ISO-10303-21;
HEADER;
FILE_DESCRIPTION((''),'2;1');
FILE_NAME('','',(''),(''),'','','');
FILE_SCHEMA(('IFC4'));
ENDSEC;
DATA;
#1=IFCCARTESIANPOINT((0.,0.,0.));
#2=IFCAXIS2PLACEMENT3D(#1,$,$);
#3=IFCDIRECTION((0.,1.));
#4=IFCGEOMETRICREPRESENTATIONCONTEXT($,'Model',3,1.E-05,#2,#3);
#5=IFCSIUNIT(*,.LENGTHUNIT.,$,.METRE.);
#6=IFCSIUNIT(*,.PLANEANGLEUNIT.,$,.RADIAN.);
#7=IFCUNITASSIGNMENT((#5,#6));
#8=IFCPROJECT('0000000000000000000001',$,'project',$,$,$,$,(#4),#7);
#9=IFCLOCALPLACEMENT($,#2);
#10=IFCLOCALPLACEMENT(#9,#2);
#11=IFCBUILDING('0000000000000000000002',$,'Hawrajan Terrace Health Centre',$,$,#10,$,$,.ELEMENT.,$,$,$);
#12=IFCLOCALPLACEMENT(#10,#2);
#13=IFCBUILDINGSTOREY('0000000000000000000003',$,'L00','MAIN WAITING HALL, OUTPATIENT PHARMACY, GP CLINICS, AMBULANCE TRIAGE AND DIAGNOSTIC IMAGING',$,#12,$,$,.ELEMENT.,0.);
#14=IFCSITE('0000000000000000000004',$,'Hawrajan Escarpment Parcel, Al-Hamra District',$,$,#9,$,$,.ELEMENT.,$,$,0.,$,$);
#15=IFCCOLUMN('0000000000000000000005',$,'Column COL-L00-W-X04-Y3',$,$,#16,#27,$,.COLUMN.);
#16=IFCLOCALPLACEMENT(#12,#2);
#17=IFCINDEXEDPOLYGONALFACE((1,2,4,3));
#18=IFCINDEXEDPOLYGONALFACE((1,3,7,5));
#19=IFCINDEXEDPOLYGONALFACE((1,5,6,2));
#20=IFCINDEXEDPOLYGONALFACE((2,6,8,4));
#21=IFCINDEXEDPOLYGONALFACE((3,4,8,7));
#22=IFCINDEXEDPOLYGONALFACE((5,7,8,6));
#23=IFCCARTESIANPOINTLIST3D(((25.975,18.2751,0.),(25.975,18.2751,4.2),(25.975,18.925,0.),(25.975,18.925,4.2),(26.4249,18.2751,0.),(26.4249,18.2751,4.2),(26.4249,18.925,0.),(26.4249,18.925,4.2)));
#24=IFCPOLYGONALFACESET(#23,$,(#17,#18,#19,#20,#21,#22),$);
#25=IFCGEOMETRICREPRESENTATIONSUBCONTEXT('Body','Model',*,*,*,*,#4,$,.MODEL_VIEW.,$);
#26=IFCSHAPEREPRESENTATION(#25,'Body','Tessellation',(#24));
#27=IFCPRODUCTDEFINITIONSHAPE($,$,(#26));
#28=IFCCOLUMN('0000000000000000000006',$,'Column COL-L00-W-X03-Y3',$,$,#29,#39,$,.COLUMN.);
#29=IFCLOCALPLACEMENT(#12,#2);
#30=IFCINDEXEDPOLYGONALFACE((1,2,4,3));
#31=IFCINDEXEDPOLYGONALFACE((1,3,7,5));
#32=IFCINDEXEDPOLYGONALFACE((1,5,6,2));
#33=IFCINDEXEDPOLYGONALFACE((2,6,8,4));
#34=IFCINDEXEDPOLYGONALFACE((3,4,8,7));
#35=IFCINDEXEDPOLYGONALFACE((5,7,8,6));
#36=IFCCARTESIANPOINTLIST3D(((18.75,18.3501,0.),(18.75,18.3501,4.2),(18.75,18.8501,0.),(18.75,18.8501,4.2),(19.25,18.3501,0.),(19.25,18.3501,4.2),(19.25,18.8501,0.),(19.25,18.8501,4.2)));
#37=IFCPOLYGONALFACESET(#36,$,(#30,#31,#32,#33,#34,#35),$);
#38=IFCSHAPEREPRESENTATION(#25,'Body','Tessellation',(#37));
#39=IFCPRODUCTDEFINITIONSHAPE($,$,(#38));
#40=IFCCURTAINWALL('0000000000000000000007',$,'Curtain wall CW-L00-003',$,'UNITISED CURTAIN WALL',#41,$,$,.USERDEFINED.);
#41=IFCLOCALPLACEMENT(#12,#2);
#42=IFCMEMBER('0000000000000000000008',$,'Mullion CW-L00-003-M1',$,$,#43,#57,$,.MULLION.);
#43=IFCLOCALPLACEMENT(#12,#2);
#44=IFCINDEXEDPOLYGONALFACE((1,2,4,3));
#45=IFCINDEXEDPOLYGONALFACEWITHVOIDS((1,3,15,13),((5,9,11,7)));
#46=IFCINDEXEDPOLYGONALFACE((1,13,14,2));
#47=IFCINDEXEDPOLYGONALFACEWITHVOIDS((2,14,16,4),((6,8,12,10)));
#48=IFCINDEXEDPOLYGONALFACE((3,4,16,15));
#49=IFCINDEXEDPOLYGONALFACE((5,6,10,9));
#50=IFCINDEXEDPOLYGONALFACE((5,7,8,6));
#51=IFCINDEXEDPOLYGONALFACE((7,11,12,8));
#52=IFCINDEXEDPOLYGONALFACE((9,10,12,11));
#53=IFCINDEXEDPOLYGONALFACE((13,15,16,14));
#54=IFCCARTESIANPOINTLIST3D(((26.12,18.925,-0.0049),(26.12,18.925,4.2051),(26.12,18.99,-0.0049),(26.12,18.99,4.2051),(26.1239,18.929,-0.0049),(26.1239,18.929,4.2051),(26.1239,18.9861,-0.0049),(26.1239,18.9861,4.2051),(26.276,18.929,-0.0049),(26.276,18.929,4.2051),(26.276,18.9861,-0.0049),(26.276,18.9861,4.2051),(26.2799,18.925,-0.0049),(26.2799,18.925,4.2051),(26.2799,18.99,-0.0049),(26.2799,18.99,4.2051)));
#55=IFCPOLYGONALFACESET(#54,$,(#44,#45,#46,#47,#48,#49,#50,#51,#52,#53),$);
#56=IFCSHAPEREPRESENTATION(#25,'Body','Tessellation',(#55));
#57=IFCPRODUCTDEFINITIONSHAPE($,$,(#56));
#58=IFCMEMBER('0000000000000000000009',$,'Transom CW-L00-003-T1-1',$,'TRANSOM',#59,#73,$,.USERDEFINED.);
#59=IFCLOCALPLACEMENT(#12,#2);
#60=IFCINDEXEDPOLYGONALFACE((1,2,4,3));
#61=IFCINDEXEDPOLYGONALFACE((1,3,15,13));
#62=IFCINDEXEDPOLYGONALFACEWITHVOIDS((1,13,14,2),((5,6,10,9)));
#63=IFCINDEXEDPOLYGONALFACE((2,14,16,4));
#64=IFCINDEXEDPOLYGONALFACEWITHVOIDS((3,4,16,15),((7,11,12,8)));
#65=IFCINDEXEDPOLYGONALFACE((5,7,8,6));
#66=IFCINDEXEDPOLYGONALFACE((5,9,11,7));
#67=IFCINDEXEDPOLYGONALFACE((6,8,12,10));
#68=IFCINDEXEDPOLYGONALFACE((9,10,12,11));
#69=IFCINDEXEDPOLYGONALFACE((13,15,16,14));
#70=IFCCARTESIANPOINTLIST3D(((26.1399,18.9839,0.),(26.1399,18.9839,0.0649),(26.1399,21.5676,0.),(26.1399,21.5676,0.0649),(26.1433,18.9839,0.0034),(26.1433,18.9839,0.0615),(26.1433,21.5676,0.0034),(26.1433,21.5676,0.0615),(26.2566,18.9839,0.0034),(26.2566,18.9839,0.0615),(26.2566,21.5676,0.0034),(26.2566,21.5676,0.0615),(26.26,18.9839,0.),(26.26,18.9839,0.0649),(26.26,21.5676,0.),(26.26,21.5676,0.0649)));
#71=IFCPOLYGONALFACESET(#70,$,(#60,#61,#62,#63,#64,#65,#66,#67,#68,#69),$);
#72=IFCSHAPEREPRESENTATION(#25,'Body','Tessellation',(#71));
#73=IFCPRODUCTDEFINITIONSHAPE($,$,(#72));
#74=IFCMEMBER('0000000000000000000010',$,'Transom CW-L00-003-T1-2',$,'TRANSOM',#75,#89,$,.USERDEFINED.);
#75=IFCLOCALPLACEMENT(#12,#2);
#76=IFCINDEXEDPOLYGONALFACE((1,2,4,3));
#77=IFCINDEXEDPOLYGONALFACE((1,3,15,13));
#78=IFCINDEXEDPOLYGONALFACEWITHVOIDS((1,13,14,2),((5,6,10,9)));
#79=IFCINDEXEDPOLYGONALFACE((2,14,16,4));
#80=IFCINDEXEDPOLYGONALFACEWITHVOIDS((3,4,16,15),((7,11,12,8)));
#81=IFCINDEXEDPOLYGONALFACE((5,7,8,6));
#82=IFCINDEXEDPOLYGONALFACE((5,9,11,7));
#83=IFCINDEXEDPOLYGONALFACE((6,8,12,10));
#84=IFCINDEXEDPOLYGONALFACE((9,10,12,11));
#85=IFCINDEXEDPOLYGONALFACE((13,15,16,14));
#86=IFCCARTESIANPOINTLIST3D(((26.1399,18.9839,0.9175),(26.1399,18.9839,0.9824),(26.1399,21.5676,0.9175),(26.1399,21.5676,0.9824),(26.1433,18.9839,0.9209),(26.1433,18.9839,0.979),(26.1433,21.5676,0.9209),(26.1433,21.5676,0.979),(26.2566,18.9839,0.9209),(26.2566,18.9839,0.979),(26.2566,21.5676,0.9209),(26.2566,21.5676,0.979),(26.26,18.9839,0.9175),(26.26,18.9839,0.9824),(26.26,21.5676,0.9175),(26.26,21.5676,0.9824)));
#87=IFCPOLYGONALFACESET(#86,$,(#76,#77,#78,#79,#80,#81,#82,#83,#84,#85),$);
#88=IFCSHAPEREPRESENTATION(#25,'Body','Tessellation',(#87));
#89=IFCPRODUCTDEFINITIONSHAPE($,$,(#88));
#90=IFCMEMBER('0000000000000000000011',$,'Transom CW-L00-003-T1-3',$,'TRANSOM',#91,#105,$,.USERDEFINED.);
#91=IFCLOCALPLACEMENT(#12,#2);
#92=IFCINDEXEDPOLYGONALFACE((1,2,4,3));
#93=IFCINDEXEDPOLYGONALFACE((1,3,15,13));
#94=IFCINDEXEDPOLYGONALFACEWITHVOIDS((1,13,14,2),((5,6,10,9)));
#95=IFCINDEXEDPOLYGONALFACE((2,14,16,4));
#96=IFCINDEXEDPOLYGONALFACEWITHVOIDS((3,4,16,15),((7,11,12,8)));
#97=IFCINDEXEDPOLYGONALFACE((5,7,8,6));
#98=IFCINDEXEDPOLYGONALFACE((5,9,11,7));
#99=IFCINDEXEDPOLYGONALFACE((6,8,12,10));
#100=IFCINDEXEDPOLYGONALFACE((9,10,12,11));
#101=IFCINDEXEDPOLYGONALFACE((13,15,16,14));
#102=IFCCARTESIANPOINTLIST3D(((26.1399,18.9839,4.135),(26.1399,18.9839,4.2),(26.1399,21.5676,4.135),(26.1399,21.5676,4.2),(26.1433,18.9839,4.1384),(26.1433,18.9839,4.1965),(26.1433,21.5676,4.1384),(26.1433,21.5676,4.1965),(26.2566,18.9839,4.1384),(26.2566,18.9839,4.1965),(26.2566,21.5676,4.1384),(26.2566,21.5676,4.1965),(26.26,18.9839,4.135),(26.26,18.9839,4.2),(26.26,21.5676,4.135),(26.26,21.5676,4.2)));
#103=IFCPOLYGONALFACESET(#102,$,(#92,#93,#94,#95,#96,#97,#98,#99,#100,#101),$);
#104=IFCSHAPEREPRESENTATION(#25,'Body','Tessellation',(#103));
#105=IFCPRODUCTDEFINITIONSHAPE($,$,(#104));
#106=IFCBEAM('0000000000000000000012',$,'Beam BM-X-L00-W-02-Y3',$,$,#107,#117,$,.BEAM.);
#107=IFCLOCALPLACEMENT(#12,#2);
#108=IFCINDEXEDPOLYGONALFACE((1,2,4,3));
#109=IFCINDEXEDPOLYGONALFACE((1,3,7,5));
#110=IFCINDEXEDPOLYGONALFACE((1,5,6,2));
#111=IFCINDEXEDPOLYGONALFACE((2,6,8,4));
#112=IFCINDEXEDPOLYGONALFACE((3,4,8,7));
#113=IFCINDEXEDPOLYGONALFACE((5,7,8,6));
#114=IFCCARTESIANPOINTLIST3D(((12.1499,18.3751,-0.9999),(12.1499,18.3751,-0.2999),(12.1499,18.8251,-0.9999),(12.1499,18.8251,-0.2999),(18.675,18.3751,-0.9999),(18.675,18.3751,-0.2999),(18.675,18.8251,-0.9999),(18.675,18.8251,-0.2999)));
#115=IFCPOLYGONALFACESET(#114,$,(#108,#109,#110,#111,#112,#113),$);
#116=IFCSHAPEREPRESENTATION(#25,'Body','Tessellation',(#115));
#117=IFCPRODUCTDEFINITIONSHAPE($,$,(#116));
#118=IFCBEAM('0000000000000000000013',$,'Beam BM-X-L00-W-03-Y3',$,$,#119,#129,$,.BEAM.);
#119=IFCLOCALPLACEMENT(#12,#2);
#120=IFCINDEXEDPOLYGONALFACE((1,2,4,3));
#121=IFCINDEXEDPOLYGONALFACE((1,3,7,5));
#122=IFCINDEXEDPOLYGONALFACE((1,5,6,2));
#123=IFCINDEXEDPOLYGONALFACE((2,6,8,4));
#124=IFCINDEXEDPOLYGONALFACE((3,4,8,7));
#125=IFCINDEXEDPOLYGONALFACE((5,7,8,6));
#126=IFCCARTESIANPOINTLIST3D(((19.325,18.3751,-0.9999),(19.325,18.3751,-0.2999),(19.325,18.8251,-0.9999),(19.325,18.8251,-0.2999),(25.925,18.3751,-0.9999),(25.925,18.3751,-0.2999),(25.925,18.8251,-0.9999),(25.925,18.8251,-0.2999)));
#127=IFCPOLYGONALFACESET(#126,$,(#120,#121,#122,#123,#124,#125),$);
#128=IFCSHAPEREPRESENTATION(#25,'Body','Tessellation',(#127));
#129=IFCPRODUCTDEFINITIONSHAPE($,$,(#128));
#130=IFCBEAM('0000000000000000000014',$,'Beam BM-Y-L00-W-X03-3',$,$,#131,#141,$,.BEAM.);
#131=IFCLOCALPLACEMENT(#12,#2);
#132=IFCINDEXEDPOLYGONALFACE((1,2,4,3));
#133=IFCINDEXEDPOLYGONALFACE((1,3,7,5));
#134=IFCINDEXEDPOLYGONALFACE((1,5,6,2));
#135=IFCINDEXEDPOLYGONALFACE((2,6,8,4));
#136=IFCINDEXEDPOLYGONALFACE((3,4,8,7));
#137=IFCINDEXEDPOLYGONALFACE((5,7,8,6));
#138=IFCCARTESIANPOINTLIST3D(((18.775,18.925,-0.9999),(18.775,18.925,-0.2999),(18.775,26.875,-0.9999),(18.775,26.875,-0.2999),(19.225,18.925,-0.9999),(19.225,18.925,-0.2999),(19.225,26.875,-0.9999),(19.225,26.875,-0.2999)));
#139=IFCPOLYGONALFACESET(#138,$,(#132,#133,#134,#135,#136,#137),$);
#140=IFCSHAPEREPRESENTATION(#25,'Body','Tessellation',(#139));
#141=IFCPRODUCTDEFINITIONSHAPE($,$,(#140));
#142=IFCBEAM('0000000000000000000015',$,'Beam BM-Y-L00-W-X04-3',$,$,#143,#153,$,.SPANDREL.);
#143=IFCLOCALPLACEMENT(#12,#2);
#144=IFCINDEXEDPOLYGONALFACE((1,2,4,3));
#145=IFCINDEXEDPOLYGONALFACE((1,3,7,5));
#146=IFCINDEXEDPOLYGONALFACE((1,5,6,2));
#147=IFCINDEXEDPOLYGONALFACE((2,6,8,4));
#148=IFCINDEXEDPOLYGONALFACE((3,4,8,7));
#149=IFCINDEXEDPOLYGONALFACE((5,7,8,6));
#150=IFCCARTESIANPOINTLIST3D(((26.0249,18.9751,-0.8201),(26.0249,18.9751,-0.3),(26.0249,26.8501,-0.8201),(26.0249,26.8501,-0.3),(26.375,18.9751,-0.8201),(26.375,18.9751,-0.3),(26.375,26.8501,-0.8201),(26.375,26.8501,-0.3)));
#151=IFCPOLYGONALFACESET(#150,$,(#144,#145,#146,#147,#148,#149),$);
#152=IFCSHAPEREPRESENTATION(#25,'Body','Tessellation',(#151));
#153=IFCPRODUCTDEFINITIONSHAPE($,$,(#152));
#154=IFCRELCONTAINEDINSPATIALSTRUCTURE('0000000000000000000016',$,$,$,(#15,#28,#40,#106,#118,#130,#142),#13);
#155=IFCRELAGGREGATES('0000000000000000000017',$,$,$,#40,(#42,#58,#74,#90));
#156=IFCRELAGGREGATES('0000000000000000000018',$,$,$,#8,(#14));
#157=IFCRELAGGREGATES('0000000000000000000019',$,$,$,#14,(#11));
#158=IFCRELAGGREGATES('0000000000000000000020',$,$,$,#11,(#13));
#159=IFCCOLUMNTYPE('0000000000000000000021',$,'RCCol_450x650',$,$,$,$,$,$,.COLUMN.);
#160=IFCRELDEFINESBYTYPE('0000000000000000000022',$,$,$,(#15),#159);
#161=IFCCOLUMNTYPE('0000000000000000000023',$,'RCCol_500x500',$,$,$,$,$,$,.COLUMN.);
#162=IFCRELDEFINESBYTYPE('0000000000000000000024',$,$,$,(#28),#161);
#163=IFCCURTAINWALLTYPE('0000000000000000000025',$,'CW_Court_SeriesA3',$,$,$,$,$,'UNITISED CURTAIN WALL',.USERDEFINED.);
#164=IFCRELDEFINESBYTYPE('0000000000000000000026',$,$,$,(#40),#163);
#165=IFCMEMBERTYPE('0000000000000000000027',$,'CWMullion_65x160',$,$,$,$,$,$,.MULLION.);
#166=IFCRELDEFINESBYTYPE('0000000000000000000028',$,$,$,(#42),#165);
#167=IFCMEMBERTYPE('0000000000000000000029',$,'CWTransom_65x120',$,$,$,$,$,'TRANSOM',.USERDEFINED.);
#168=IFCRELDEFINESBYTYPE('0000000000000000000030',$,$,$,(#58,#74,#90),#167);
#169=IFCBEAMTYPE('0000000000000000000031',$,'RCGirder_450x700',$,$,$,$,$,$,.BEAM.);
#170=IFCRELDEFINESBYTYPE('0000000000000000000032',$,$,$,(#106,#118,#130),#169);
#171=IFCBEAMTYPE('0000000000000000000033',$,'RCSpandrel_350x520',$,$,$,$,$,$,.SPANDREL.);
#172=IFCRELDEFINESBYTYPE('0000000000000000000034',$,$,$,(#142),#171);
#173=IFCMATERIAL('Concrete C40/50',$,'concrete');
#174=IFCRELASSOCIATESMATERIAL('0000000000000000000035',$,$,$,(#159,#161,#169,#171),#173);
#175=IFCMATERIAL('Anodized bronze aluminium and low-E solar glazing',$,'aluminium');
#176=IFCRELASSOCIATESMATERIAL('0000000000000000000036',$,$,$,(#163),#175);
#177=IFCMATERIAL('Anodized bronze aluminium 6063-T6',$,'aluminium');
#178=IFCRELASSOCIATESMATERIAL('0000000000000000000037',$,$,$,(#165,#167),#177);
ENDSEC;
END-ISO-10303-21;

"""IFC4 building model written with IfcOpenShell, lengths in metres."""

from ifc_helpers import new_model, si_unit, direction, frame, origin, origin_2d, place, context, subcontext, project, spatial, rectangle, hollow_rectangle, extrude, material, material_profile, profile_set, type_object, element, aggregate, save


model = new_model("IFC4")

# Units and contexts
model_context = context("Model", 3, precision=1e-05, world=origin(), true_north=direction((0.0, 1.0)))
body_context = subcontext(model_context, "Body", "Model", "MODEL_VIEW")
ifc_project = project(units=[si_unit("LENGTHUNIT", "METRE"), si_unit("PLANEANGLEUNIT", "RADIAN")], contexts=[model_context])

# Site, building, storey
site_placement = place(None, origin())
site = spatial("IfcSite", under=ifc_project, at=site_placement, Name="Hawrajan Escarpment Parcel, Al-Hamra District", CompositionType="ELEMENT", RefElevation=0.0)
building_placement = place(site_placement, origin())
building = spatial("IfcBuilding", under=site, at=building_placement, Name="Hawrajan Terrace Health Centre", CompositionType="ELEMENT")
storey_placement = place(building_placement, origin())
storey = spatial("IfcBuildingStorey", under=building, at=storey_placement, Name="L00", Description="MAIN WAITING HALL, OUTPATIENT PHARMACY, GP CLINICS, AMBULANCE TRIAGE AND DIAGNOSTIC IMAGING", CompositionType="ELEMENT", Elevation=0.0)

# Columns
ifc_material_1 = material(Name="Concrete C40/50", Category="concrete")
ifc_material_profile_1 = material_profile(ifc_material_1, rectangle(XDim=0.45, YDim=0.6499, at=origin_2d()), Name="RC 450x650")
ifc_profile_set_1 = profile_set([ifc_material_profile_1], Name="Concrete C40/50")
column_type_1 = type_object("IfcColumnType", Name="RCCol_450x650", PredefinedType="COLUMN", material=ifc_profile_set_1)
column_1_placement = place(storey_placement, frame((26.2, 18.6001, 0.0), z_axis=(0.0, 0.0, 1.0), x_axis=(1.0, 0.0, 0.0)))
element("IfcColumn", 1, at=column_1_placement, inside=storey, type_object=column_type_1, Name="Column COL-L00-W-X04-Y3", PredefinedType="COLUMN", context=body_context, shape_type="SweptSolid", body=[
    extrude(rectangle(XDim=0.45, YDim=0.6499, at=origin_2d()), origin(), (0.0, 0.0, 1.0), 4.2),
])
ifc_material_profile_2 = material_profile(ifc_material_1, rectangle(XDim=0.5, YDim=0.5, at=origin_2d()), Name="RC 500x500")
ifc_profile_set_2 = profile_set([ifc_material_profile_2], Name="Concrete C40/50")
column_type_2 = type_object("IfcColumnType", Name="RCCol_500x500", PredefinedType="COLUMN", material=ifc_profile_set_2)
column_2_placement = place(storey_placement, frame((19.0, 18.6001, 0.0), z_axis=(0.0, 0.0, 1.0), x_axis=(1.0, 0.0, 0.0)))
element("IfcColumn", 2, at=column_2_placement, inside=storey, type_object=column_type_2, Name="Column COL-L00-W-X03-Y3", PredefinedType="COLUMN", context=body_context, shape_type="SweptSolid", body=[
    extrude(rectangle(XDim=0.5, YDim=0.5, at=origin_2d()), origin(), (0.0, 0.0, 1.0), 4.2),
])

# Curtain wall, members
ifc_material_2 = material(Name="Anodized bronze aluminium and low-E solar glazing", Category="aluminium")
curtain_wall_type = type_object("IfcCurtainWallType", Name="CW_Court_SeriesA3", ElementType="UNITISED CURTAIN WALL", PredefinedType="USERDEFINED", material=ifc_material_2)
curtain_wall_placement = place(storey_placement, origin())
curtain_wall = element("IfcCurtainWall", 3, at=curtain_wall_placement, inside=storey, type_object=curtain_wall_type, Name="Curtain wall CW-L00-003", ObjectType="UNITISED CURTAIN WALL", PredefinedType="USERDEFINED")
ifc_material_3 = material(Name="Anodized bronze aluminium 6063-T6", Category="aluminium")
ifc_material_profile_3 = material_profile(ifc_material_3, hollow_rectangle(XDim=0.0649, YDim=0.1599, WallThickness=0.0039, at=origin_2d()), Name="CW MUL 65x160")
ifc_profile_set_3 = profile_set([ifc_material_profile_3], Name="Anodized bronze aluminium 6063-T6")
member_type_1 = type_object("IfcMemberType", Name="CWMullion_65x160", PredefinedType="MULLION", material=ifc_profile_set_3)
member_1_placement = place(storey_placement, frame((26.2, 18.9575, -0.0049), z_axis=(0.0, 0.0, 1.0), x_axis=(0.0, 1.0, 0.0)))
member_1 = element("IfcMember", 4, at=member_1_placement, type_object=member_type_1, Name="Mullion CW-L00-003-M1", PredefinedType="MULLION", context=body_context, shape_type="SweptSolid", body=[
    extrude(hollow_rectangle(XDim=0.0649, YDim=0.1599, WallThickness=0.0039, at=origin_2d()), origin(), (0.0, 0.0, 1.0), 4.21),
])
ifc_material_profile_4 = material_profile(ifc_material_3, hollow_rectangle(XDim=0.0649, YDim=0.1201, WallThickness=0.0034, at=origin_2d()), Name="CW TRN 65x120")
ifc_profile_set_4 = profile_set([ifc_material_profile_4], Name="Anodized bronze aluminium 6063-T6")
member_type_2 = type_object("IfcMemberType", Name="CWTransom_65x120", ElementType="TRANSOM", PredefinedType="USERDEFINED", material=ifc_profile_set_4)
member_2_placement = place(storey_placement, frame((26.2, 18.9839, 0.0325), z_axis=(0.0, 1.0, 0.0), x_axis=(0.0, 0.0, 1.0)))
member_2 = element("IfcMember", 5, at=member_2_placement, type_object=member_type_2, Name="Transom CW-L00-003-T1-1", ObjectType="TRANSOM", PredefinedType="USERDEFINED", context=body_context, shape_type="SweptSolid", body=[
    extrude(hollow_rectangle(XDim=0.0649, YDim=0.1201, WallThickness=0.0034, at=origin_2d()), origin(), (0.0, 0.0, 1.0), 2.5837),
])
member_3_placement = place(storey_placement, frame((26.2, 18.9839, 0.95), z_axis=(0.0, 1.0, 0.0), x_axis=(0.0, 0.0, 1.0)))
member_3 = element("IfcMember", 6, at=member_3_placement, type_object=member_type_2, Name="Transom CW-L00-003-T1-2", ObjectType="TRANSOM", PredefinedType="USERDEFINED", context=body_context, shape_type="SweptSolid", body=[
    extrude(hollow_rectangle(XDim=0.0649, YDim=0.1201, WallThickness=0.0034, at=origin_2d()), origin(), (0.0, 0.0, 1.0), 2.5837),
])
member_4_placement = place(storey_placement, frame((26.2, 18.9839, 4.1675), z_axis=(0.0, 1.0, 0.0), x_axis=(0.0, 0.0, 1.0)))
member_4 = element("IfcMember", 7, at=member_4_placement, type_object=member_type_2, Name="Transom CW-L00-003-T1-3", ObjectType="TRANSOM", PredefinedType="USERDEFINED", context=body_context, shape_type="SweptSolid", body=[
    extrude(hollow_rectangle(XDim=0.0649, YDim=0.1201, WallThickness=0.0034, at=origin_2d()), origin(), (0.0, 0.0, 1.0), 2.5837),
])
aggregate(curtain_wall, [member_1, member_2, member_3, member_4])

# Beams
ifc_material_profile_5 = material_profile(ifc_material_1, rectangle(XDim=0.45, YDim=0.7, at=origin_2d()), Name="RC BM 450x700")
ifc_profile_set_5 = profile_set([ifc_material_profile_5], Name="Concrete C40/50")
beam_type_1 = type_object("IfcBeamType", Name="RCGirder_450x700", PredefinedType="BEAM", material=ifc_profile_set_5)
beam_1_placement = place(storey_placement, frame((12.1499, 18.6001, -0.6499), z_axis=(1.0, 0.0, 0.0), x_axis=(0.0, 1.0, 0.0)))
element("IfcBeam", 8, at=beam_1_placement, inside=storey, type_object=beam_type_1, Name="Beam BM-X-L00-W-02-Y3", PredefinedType="BEAM", context=body_context, shape_type="SweptSolid", body=[
    extrude(rectangle(XDim=0.45, YDim=0.7, at=origin_2d()), origin(), (0.0, 0.0, 1.0), 6.5251),
])
beam_2_placement = place(storey_placement, frame((19.325, 18.6001, -0.6499), z_axis=(1.0, 0.0, 0.0), x_axis=(0.0, 1.0, 0.0)))
element("IfcBeam", 9, at=beam_2_placement, inside=storey, type_object=beam_type_1, Name="Beam BM-X-L00-W-03-Y3", PredefinedType="BEAM", context=body_context, shape_type="SweptSolid", body=[
    extrude(rectangle(XDim=0.45, YDim=0.7, at=origin_2d()), origin(), (0.0, 0.0, 1.0), 6.6001),
])
beam_3_placement = place(storey_placement, frame((19.0, 18.925, -0.6499), z_axis=(0.0, 1.0, 0.0), x_axis=(-1.0, 0.0, 0.0)))
element("IfcBeam", 10, at=beam_3_placement, inside=storey, type_object=beam_type_1, Name="Beam BM-Y-L00-W-X03-3", PredefinedType="BEAM", context=body_context, shape_type="SweptSolid", body=[
    extrude(rectangle(XDim=0.45, YDim=0.7, at=origin_2d()), origin(), (0.0, 0.0, 1.0), 7.95),
])
ifc_material_profile_6 = material_profile(ifc_material_1, rectangle(XDim=0.3501, YDim=0.52, at=origin_2d()), Name="RC SP 350x520")
ifc_profile_set_6 = profile_set([ifc_material_profile_6], Name="Concrete C40/50")
beam_type_2 = type_object("IfcBeamType", Name="RCSpandrel_350x520", PredefinedType="SPANDREL", material=ifc_profile_set_6)
beam_4_placement = place(storey_placement, frame((26.2, 18.9751, -0.5601), z_axis=(0.0, 1.0, 0.0), x_axis=(-1.0, 0.0, 0.0)))
element("IfcBeam", 11, at=beam_4_placement, inside=storey, type_object=beam_type_2, Name="Beam BM-Y-L00-W-X04-3", PredefinedType="SPANDREL", context=body_context, shape_type="SweptSolid", body=[
    extrude(rectangle(XDim=0.3501, YDim=0.52, at=origin_2d()), origin(), (0.0, 0.0, 1.0), 7.875),
])

save(model, "model.ifc")
